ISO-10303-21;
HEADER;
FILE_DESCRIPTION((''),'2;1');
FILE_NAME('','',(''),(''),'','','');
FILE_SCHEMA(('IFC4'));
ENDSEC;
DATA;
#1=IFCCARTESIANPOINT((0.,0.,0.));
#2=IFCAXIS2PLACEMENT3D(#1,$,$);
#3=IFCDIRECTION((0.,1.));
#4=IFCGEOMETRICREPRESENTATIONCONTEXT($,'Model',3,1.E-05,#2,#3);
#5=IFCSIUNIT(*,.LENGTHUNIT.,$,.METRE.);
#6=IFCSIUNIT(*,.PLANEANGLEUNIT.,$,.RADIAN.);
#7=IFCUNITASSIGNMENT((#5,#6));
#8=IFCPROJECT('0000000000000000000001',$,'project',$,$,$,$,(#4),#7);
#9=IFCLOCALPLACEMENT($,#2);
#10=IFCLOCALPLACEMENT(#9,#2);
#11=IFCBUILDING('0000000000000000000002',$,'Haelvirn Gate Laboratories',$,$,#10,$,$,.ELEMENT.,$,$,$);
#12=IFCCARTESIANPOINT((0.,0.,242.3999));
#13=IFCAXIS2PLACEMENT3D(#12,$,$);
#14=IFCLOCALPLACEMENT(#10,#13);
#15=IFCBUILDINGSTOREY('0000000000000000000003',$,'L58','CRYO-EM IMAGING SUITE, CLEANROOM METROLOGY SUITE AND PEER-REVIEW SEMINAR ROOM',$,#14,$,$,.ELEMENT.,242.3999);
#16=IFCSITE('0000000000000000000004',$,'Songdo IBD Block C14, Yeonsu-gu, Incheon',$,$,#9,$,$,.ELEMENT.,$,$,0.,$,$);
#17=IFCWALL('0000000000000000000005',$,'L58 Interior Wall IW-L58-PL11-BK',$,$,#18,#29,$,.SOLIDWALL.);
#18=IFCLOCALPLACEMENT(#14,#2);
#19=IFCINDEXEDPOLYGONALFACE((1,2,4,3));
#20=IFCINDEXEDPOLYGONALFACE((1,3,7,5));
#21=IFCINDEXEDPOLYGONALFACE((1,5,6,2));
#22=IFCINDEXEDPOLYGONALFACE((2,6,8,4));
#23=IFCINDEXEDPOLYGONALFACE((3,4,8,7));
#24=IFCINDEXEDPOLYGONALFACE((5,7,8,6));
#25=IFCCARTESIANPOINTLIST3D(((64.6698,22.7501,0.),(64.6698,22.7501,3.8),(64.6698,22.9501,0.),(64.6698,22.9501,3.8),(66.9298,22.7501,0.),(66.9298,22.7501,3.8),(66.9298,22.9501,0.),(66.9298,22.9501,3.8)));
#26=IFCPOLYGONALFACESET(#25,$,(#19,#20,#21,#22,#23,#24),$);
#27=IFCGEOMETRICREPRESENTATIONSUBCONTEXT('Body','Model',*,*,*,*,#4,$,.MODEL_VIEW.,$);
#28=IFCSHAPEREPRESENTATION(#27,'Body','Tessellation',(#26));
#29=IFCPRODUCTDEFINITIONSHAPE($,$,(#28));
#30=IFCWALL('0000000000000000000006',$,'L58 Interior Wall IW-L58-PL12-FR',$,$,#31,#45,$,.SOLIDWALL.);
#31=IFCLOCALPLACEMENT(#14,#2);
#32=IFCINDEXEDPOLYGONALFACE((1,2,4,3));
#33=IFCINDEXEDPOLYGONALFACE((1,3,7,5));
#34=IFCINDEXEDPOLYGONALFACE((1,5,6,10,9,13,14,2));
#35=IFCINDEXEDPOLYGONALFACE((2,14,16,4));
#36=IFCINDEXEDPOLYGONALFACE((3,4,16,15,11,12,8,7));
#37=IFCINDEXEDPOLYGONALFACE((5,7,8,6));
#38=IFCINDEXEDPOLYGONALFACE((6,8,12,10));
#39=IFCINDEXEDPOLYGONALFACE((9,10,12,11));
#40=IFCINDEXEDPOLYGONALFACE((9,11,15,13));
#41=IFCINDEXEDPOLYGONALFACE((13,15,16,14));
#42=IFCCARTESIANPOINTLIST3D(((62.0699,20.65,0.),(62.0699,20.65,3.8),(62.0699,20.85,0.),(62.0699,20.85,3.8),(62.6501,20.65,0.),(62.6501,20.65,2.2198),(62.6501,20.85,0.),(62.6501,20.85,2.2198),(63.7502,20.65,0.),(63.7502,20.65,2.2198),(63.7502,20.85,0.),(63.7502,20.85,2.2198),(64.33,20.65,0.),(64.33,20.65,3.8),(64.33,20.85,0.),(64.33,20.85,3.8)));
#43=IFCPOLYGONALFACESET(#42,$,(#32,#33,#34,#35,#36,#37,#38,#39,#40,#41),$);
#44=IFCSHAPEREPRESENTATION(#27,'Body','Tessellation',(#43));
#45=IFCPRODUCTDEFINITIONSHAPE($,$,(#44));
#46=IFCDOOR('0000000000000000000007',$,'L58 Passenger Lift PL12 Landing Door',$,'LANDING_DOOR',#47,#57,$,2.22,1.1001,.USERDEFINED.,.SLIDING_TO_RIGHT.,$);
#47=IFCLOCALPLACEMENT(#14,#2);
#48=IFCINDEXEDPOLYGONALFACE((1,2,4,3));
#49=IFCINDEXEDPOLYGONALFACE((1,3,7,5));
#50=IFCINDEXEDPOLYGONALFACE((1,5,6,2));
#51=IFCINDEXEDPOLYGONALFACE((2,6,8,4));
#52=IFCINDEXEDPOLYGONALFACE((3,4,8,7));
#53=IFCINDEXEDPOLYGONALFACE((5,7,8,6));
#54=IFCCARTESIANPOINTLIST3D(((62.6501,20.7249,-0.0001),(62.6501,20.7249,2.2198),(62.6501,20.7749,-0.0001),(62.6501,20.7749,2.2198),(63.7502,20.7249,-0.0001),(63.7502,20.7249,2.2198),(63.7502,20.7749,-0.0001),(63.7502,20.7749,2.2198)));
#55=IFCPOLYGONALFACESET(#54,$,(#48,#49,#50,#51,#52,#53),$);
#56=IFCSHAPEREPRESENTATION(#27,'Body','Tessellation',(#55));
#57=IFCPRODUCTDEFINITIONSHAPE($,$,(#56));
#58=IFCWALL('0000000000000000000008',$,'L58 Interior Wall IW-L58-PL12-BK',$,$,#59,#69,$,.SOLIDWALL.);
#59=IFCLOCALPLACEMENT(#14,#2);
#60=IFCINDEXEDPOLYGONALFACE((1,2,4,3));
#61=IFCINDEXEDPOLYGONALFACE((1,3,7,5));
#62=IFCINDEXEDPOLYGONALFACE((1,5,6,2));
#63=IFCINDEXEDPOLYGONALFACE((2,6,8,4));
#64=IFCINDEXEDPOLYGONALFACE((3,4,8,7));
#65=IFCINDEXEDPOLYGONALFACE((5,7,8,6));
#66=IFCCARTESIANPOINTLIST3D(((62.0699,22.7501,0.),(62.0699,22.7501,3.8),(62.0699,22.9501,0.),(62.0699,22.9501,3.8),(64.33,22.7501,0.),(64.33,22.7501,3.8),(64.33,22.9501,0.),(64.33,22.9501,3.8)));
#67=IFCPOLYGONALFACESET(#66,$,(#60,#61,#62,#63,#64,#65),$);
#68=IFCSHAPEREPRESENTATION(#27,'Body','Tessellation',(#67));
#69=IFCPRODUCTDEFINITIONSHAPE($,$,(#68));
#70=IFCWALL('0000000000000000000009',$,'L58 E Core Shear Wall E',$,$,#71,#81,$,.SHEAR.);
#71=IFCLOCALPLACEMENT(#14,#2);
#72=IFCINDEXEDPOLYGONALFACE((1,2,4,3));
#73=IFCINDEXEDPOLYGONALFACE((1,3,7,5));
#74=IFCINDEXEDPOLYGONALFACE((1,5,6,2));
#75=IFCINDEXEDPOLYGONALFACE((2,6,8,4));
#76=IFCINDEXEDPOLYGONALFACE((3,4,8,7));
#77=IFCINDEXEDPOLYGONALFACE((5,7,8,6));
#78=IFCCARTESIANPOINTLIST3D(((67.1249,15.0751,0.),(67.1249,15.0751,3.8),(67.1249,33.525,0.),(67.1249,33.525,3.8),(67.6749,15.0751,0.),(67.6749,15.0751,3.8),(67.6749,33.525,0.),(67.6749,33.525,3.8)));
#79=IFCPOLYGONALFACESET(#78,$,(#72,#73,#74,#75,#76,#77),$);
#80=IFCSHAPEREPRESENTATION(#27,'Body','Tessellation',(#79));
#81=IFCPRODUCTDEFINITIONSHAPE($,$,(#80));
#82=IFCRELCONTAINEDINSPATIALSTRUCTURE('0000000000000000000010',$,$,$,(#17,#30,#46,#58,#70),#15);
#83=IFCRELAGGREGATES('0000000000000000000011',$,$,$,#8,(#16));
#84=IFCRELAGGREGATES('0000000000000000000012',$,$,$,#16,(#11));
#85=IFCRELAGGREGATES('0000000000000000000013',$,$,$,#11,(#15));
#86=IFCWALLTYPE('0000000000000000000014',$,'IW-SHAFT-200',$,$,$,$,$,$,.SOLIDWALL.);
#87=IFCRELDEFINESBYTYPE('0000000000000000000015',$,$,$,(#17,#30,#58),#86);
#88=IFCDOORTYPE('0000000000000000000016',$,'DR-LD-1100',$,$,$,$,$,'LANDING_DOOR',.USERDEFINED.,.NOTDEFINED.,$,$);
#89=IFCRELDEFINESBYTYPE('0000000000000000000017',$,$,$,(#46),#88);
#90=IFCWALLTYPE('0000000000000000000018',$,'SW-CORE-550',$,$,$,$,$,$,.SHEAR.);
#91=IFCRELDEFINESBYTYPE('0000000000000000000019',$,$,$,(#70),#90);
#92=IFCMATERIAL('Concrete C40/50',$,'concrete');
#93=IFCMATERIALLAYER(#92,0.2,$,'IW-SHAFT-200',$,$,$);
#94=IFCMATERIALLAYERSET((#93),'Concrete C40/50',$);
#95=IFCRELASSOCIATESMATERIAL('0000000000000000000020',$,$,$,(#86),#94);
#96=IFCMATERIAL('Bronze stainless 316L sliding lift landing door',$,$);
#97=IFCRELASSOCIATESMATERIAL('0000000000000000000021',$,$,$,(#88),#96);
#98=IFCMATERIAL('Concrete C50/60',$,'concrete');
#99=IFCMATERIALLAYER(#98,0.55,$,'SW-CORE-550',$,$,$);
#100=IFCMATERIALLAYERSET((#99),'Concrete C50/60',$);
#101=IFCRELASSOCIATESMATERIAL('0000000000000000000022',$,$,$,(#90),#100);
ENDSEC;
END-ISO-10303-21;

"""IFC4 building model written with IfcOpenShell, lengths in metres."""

from ifc_helpers import new_model, si_unit, direction, frame, frame_2d, origin, place, context, subcontext, project, spatial, rectangle, extrude, source, transform, mapped, material, layer, layer_set, type_object, type_shapes, element, fill, save


model = new_model("IFC4")

# Units and contexts
model_context = context("Model", 3, precision=1e-05, world=origin(), true_north=direction((0.0, 1.0)))
body_context = subcontext(model_context, "Body", "Model", "MODEL_VIEW")
ifc_project = project(units=[si_unit("LENGTHUNIT", "METRE"), si_unit("PLANEANGLEUNIT", "RADIAN")], contexts=[model_context])

# Site, building, storey
site_placement = place(None, origin())
site = spatial("IfcSite", under=ifc_project, at=site_placement, Name="Songdo IBD Block C14, Yeonsu-gu, Incheon", CompositionType="ELEMENT", RefElevation=0.0)
building_placement = place(site_placement, origin())
building = spatial("IfcBuilding", under=site, at=building_placement, Name="Haelvirn Gate Laboratories", CompositionType="ELEMENT")
storey_placement = place(building_placement, frame((0.0, 0.0, 242.3999)))
storey = spatial("IfcBuildingStorey", under=building, at=storey_placement, Name="L58", Description="CRYO-EM IMAGING SUITE, CLEANROOM METROLOGY SUITE AND PEER-REVIEW SEMINAR ROOM", CompositionType="ELEMENT", Elevation=242.3999)

# Shared definitions
ifc_material_1 = material(Name="Concrete C50/60", Category="concrete")

# Shared definitions
ifc_material_2 = material(Name="Concrete C40/50", Category="concrete")

# Shared definitions
ifc_layer_1 = layer(ifc_material_2, 0.2, Name="IW-SHAFT-200")
ifc_layer_set_1 = layer_set([ifc_layer_1], Name="Concrete C40/50")
wall_type_1 = type_object("IfcWallType", Name="IW-SHAFT-200", PredefinedType="SOLIDWALL", material=ifc_layer_set_1)
ifc_material_3 = material(Name="Bronze stainless 316L sliding lift landing door")
door_type_1 = type_object("IfcDoorType", Name="DR-LD-1100", ElementType="LANDING_DOOR", OperationType="NOTDEFINED", PredefinedType="USERDEFINED", material=ifc_material_3)
shared_shape_1 = source(origin(), body_context, "Body", "SweptSolid", [
    extrude(rectangle(XDim=1.1001, YDim=2.22, at=frame_2d((0.55, 1.1099))), frame((0.0, 0.0249, 0.0), z_axis=(0.0, -1.0, 0.0), x_axis=(1.0, 0.0, 0.0)), (0.0, 0.0, 1.0), 0.05),
])
type_shapes(door_type_1, [shared_shape_1])

# Wall
wall_1_placement = place(storey_placement, frame((64.6699, 22.8501, 0.0), z_axis=(0.0, 0.0, 1.0), x_axis=(1.0, 0.0, 0.0)))
element("IfcWall", 1, at=wall_1_placement, inside=storey, type_object=wall_type_1, Name="L58 Interior Wall IW-L58-PL11-BK", PredefinedType="SOLIDWALL", context=body_context, shape_type="SweptSolid", body=[
    extrude(rectangle(XDim=2.26, YDim=0.2, at=frame_2d((1.1299, 0.0))), origin(), (0.0, 0.0, 1.0), 3.8),
])

# Wall, opening, door
wall_2_placement = place(storey_placement, frame((62.0701, 20.75, 0.0), z_axis=(0.0, 0.0, 1.0), x_axis=(1.0, 0.0, 0.0)))
wall_2 = element("IfcWall", 2, at=wall_2_placement, inside=storey, type_object=wall_type_1, Name="L58 Interior Wall IW-L58-PL12-FR", PredefinedType="SOLIDWALL", context=body_context, shape_type="SweptSolid", body=[
    extrude(rectangle(XDim=2.26, YDim=0.2, at=frame_2d((1.1299, 0.0))), origin(), (0.0, 0.0, 1.0), 3.8),
])
opening_1_placement = place(wall_2_placement, frame((0.5801, 0.0, 0.0)))
opening_1 = element("IfcOpeningElement", 3, at=opening_1_placement, cuts=wall_2, PredefinedType="OPENING", context=body_context, shape_type="SweptSolid", body=[
    extrude(rectangle(XDim=1.1001, YDim=2.22, at=frame_2d((0.55, 1.1099))), frame((0.0, 0.1099, 0.0), z_axis=(0.0, -1.0, 0.0), x_axis=(1.0, 0.0, 0.0)), (0.0, 0.0, 1.0), 0.22),
])
door_1_placement = place(opening_1_placement, origin())
door_1 = element("IfcDoor", 4, at=door_1_placement, inside=storey, type_object=door_type_1, Name="L58 Passenger Lift PL12 Landing Door", ObjectType="LANDING_DOOR", OperationType="SLIDING_TO_RIGHT", OverallHeight=2.22, OverallWidth=1.1001, PredefinedType="USERDEFINED", context=body_context, shape_type="MappedRepresentation", body=[
    mapped(shared_shape_1, transform((0.0, 0.0, 0.0), scale=1.0)),
])
fill(opening_1, door_1)

# Walls
wall_3_placement = place(storey_placement, frame((62.0701, 22.8501, 0.0), z_axis=(0.0, 0.0, 1.0), x_axis=(1.0, 0.0, 0.0)))
element("IfcWall", 5, at=wall_3_placement, inside=storey, type_object=wall_type_1, Name="L58 Interior Wall IW-L58-PL12-BK", PredefinedType="SOLIDWALL", context=body_context, shape_type="SweptSolid", body=[
    extrude(rectangle(XDim=2.26, YDim=0.2, at=frame_2d((1.1299, 0.0))), origin(), (0.0, 0.0, 1.0), 3.8),
])
ifc_layer_2 = layer(ifc_material_1, 0.55, Name="SW-CORE-550")
ifc_layer_set_2 = layer_set([ifc_layer_2], Name="Concrete C50/60")
wall_type_2 = type_object("IfcWallType", Name="SW-CORE-550", PredefinedType="SHEAR", material=ifc_layer_set_2)
wall_4_placement = place(storey_placement, frame((67.3999, 15.075, 0.0), z_axis=(0.0, 0.0, 1.0), x_axis=(0.0, 1.0, 0.0)))
element("IfcWall", 6, at=wall_4_placement, inside=storey, type_object=wall_type_2, Name="L58 E Core Shear Wall E", PredefinedType="SHEAR", context=body_context, shape_type="SweptSolid", body=[
    extrude(rectangle(XDim=18.45, YDim=0.55, at=frame_2d((9.2251, 0.0))), origin(), (0.0, 0.0, 1.0), 3.8),
])

save(model, "model.ifc")
